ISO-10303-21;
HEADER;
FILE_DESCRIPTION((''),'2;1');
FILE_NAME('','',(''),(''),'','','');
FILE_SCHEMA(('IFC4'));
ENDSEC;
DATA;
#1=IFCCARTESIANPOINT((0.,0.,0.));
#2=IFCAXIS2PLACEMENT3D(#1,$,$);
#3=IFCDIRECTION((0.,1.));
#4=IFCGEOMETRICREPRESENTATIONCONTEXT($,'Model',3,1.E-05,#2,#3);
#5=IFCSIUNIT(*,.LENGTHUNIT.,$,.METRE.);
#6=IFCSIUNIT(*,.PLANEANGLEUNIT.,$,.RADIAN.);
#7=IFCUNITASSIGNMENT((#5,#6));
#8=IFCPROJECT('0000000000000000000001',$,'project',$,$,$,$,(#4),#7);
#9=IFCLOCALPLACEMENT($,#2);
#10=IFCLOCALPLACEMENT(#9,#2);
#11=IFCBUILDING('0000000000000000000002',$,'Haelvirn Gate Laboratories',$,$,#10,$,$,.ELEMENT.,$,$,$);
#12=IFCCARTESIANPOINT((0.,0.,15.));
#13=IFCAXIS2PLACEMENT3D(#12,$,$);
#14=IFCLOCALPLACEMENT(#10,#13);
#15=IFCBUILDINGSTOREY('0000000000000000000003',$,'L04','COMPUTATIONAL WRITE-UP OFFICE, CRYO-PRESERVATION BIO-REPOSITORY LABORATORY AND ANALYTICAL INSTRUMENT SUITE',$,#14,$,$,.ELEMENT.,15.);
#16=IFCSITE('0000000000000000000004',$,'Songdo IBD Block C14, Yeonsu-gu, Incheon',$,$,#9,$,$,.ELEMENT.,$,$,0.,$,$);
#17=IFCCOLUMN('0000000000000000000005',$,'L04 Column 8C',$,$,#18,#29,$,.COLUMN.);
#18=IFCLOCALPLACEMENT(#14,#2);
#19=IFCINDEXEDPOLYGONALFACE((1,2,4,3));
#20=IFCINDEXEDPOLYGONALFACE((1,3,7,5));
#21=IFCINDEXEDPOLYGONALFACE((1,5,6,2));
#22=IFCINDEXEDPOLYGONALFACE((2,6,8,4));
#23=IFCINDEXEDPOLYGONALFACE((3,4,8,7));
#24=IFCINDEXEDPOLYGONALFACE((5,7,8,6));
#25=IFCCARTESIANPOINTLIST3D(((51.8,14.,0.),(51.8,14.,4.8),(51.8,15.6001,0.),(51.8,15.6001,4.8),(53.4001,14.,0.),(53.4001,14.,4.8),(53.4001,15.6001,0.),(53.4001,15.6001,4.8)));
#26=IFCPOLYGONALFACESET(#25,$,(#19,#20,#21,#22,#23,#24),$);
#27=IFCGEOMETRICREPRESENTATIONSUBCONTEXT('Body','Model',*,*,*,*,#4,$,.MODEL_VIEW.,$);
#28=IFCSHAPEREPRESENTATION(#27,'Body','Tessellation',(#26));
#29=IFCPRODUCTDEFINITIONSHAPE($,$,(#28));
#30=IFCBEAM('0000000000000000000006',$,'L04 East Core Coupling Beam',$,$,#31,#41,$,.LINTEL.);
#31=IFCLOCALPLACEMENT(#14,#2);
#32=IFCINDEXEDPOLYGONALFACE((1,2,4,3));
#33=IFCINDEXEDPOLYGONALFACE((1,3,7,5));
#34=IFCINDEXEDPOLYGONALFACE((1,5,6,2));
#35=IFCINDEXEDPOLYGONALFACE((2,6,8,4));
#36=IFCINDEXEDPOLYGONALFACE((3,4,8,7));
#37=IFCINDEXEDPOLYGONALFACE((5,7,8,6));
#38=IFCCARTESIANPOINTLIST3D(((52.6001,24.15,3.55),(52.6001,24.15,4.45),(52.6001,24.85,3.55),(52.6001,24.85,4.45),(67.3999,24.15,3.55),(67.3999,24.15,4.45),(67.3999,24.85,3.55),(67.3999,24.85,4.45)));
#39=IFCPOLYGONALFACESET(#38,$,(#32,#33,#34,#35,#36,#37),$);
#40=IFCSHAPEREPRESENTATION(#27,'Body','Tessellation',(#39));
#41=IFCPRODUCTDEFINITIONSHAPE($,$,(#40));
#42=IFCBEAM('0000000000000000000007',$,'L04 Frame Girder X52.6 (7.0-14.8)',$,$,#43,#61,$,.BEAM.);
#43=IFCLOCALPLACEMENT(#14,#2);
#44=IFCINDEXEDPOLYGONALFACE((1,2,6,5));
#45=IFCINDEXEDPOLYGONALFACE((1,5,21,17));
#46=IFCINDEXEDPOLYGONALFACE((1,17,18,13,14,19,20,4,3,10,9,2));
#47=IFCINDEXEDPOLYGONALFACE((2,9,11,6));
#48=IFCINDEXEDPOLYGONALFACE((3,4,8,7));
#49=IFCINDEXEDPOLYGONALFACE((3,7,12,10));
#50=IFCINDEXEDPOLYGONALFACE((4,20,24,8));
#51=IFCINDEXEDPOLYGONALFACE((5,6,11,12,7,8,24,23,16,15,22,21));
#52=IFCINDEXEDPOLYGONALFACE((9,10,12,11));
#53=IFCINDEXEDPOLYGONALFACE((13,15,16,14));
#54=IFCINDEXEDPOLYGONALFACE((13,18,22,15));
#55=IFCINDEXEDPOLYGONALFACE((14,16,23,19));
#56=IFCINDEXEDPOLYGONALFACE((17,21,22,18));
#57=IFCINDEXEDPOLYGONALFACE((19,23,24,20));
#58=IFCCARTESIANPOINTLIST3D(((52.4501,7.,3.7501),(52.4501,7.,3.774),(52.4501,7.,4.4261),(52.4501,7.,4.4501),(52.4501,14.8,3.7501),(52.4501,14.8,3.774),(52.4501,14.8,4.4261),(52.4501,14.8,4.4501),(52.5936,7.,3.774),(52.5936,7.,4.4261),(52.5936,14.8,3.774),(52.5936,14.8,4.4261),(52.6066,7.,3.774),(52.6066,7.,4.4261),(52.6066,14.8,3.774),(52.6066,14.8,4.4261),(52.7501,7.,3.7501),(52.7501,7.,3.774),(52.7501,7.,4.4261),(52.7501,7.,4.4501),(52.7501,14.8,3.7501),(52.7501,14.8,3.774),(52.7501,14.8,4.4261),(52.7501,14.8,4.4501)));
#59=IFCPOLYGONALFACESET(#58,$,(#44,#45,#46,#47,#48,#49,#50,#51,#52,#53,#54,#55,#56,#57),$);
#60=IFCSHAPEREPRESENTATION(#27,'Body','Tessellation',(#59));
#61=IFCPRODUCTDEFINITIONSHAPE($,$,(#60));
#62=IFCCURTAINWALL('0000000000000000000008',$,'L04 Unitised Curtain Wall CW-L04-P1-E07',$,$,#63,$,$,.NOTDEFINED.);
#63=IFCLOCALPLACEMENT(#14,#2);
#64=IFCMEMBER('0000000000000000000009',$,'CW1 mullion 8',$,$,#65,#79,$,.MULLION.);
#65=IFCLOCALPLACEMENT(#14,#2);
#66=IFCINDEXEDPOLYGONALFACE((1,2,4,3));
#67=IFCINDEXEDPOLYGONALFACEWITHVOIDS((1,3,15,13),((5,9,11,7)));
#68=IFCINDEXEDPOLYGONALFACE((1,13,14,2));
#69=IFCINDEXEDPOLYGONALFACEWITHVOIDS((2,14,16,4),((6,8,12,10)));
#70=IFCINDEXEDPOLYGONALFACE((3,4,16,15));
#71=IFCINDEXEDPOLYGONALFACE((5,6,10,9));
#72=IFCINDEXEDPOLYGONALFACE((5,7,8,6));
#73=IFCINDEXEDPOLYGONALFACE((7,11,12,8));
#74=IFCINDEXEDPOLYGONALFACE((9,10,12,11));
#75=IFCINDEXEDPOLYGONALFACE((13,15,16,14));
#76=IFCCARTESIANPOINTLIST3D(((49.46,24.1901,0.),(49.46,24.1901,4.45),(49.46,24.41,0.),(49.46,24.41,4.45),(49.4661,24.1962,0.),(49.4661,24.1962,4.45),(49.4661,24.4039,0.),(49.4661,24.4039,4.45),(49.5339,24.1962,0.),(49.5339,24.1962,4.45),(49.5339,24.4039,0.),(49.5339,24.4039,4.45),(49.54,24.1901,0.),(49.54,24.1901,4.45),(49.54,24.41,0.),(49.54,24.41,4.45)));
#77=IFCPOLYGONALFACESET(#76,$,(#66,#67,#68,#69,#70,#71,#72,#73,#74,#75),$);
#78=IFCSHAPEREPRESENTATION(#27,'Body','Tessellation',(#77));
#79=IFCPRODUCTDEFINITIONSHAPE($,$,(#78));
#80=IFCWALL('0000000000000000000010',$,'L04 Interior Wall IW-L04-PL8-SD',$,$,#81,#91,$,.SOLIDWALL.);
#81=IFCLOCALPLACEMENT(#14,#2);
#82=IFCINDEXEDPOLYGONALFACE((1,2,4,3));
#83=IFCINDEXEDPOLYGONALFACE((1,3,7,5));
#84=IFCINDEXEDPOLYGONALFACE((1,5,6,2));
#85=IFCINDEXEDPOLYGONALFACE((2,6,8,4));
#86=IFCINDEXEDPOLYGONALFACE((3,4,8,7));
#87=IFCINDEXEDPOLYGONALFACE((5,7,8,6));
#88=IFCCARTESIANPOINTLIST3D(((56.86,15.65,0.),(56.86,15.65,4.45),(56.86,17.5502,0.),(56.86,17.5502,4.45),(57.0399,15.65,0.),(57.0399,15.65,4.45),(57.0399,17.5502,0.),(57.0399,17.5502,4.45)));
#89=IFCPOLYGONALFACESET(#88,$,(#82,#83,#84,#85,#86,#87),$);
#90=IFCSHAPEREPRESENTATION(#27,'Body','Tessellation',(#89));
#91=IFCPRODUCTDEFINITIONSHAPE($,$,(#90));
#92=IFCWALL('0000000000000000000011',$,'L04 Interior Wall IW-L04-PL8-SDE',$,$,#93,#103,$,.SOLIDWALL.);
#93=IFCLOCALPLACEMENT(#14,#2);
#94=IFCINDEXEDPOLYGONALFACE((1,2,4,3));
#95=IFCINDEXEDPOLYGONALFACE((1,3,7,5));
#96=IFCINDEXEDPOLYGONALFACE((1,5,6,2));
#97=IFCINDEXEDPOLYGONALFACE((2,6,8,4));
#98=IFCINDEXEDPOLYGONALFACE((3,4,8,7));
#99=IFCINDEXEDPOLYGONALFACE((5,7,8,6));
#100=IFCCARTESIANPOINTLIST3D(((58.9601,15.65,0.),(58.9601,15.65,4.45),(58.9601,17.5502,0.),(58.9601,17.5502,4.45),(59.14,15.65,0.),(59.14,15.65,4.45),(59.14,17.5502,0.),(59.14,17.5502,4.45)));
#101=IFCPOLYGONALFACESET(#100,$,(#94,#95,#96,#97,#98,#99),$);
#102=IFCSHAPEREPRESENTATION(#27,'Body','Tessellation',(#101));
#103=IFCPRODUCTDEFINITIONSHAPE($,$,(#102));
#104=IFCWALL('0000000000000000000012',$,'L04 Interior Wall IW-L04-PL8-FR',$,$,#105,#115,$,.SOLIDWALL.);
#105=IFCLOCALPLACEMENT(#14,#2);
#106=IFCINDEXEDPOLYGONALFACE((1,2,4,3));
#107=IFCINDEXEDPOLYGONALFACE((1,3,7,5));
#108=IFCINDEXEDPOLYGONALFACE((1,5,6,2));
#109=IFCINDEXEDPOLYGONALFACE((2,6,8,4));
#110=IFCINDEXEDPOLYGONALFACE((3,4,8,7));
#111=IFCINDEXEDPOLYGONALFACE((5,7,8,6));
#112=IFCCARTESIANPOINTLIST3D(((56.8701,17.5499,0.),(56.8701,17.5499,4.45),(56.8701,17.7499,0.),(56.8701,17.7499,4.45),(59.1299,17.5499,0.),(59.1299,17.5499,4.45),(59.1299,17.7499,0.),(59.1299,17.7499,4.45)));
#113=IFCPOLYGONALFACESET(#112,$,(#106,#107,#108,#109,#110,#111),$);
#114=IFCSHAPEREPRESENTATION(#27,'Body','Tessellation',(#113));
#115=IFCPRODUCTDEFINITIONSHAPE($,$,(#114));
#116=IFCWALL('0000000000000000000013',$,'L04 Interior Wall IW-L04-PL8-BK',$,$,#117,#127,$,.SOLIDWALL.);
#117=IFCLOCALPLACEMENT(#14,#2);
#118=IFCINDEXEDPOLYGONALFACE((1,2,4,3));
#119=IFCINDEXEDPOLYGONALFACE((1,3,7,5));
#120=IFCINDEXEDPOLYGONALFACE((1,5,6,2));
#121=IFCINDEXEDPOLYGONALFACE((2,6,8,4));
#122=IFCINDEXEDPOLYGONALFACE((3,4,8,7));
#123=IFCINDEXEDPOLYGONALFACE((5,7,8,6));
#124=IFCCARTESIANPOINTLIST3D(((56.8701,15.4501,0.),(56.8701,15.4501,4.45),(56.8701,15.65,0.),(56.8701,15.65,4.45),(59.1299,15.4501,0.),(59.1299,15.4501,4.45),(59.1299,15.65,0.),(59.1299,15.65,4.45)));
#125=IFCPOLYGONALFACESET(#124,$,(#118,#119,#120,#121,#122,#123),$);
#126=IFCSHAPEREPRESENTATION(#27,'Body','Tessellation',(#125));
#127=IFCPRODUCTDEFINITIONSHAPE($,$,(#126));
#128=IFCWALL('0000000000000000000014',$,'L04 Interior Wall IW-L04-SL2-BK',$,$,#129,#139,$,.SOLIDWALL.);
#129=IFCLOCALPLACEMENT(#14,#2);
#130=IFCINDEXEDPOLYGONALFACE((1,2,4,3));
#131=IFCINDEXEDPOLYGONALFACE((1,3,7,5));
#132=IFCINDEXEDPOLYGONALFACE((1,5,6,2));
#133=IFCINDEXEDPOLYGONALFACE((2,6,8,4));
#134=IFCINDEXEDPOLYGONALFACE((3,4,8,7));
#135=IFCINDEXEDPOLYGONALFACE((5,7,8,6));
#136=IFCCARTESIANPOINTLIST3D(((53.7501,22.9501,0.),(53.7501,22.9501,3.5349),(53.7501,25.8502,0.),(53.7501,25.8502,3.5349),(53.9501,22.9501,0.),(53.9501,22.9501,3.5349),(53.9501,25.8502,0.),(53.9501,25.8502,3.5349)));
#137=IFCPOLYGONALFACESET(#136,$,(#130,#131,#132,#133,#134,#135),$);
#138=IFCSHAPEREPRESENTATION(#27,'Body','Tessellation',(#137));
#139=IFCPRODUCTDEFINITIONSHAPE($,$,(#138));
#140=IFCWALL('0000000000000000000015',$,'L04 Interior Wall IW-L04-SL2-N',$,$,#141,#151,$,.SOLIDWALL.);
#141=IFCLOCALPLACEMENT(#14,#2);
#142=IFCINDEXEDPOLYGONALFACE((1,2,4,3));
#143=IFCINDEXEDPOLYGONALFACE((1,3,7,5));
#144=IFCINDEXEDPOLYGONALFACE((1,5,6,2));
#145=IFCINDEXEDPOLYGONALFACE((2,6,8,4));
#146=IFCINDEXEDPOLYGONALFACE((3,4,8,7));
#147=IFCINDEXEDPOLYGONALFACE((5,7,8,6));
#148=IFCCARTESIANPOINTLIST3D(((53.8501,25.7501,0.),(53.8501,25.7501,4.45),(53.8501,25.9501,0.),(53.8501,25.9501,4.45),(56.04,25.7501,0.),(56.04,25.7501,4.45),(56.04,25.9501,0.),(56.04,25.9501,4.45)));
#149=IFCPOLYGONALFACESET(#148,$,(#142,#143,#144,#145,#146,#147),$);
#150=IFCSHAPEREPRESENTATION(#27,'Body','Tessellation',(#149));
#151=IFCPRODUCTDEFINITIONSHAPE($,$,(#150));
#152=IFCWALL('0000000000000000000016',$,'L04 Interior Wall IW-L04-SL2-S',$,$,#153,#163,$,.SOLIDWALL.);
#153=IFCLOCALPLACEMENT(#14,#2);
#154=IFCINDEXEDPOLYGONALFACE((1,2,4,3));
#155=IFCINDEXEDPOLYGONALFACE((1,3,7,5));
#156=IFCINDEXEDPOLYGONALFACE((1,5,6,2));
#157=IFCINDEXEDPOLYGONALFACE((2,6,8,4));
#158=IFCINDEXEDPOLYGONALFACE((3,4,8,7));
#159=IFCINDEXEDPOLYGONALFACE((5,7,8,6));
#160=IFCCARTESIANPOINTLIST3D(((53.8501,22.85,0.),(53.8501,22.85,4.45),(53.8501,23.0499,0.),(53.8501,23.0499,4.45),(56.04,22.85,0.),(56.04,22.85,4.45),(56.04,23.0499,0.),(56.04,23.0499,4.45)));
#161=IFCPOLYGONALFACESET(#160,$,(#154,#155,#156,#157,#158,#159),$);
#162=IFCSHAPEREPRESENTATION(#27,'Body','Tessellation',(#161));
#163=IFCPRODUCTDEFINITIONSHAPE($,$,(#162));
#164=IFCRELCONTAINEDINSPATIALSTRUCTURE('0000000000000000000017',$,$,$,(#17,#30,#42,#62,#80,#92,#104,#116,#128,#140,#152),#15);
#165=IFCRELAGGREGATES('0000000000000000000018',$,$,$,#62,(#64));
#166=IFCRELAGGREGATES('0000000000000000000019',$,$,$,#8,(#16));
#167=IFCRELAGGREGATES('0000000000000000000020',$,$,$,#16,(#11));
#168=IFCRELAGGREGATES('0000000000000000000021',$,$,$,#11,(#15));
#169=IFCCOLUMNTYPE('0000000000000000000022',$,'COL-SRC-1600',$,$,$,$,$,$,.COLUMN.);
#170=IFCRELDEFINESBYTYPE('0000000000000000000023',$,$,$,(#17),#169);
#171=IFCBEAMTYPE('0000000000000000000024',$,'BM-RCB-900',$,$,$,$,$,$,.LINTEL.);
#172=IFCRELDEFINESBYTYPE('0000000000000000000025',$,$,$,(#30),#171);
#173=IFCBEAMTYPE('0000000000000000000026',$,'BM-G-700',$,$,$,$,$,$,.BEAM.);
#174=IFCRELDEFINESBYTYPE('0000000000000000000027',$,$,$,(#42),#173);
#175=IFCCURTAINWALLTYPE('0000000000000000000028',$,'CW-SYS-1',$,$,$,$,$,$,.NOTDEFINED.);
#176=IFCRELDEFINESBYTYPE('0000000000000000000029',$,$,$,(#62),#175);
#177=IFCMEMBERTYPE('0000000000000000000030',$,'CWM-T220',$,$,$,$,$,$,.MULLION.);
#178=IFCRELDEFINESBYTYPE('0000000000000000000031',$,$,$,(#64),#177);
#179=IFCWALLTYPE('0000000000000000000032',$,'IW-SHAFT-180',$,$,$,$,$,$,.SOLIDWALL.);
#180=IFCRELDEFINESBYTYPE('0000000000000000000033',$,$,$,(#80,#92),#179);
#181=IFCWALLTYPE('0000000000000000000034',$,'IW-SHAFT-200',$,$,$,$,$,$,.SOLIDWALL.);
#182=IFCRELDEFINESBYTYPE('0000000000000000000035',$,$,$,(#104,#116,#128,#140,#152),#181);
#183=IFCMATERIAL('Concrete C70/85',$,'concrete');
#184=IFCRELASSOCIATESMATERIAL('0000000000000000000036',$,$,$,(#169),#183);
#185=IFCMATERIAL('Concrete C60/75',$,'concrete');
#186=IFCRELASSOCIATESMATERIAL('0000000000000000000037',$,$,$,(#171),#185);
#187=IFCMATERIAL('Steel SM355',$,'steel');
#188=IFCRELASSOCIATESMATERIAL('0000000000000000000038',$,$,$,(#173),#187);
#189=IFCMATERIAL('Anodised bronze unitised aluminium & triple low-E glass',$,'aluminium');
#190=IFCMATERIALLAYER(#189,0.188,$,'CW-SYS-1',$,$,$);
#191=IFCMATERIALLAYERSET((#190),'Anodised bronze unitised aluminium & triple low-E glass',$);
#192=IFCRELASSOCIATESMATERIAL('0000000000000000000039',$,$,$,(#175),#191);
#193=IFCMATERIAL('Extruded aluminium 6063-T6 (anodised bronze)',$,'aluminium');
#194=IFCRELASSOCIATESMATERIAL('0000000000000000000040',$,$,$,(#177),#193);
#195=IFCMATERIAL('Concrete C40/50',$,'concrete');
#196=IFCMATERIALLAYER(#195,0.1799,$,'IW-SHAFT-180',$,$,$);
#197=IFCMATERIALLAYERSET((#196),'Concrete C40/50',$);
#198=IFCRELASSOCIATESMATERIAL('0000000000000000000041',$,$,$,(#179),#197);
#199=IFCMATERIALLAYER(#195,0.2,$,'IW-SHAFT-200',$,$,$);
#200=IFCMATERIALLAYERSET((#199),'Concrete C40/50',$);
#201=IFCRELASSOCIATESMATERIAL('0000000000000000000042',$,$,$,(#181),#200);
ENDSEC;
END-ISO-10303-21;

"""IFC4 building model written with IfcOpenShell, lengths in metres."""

from ifc_helpers import new_model, si_unit, direction, frame, frame_2d, origin, origin_2d, place, context, subcontext, project, spatial, rectangle, hollow_rectangle, i_section, extrude, source, transform, mapped, material, layer, layer_set, material_profile, profile_set, type_object, type_shapes, element, aggregate, save


model = new_model("IFC4")

# Units and contexts
model_context = context("Model", 3, precision=1e-05, world=origin(), true_north=direction((0.0, 1.0)))
body_context = subcontext(model_context, "Body", "Model", "MODEL_VIEW")
ifc_project = project(units=[si_unit("LENGTHUNIT", "METRE"), si_unit("PLANEANGLEUNIT", "RADIAN")], contexts=[model_context])

# Site, building, storey
site_placement = place(None, origin())
site = spatial("IfcSite", under=ifc_project, at=site_placement, Name="Songdo IBD Block C14, Yeonsu-gu, Incheon", CompositionType="ELEMENT", RefElevation=0.0)
building_placement = place(site_placement, origin())
building = spatial("IfcBuilding", under=site, at=building_placement, Name="Haelvirn Gate Laboratories", CompositionType="ELEMENT")
storey_placement = place(building_placement, frame((0.0, 0.0, 15.0)))
storey = spatial("IfcBuildingStorey", under=building, at=storey_placement, Name="L04", Description="COMPUTATIONAL WRITE-UP OFFICE, CRYO-PRESERVATION BIO-REPOSITORY LABORATORY AND ANALYTICAL INSTRUMENT SUITE", CompositionType="ELEMENT", Elevation=15.0)

# Column
ifc_material_1 = material(Name="Concrete C70/85", Category="concrete")
ifc_material_profile_1 = material_profile(ifc_material_1, rectangle(XDim=1.6001, YDim=1.6001, at=origin_2d()), Name="SRC-1600x1600")
ifc_profile_set_1 = profile_set([ifc_material_profile_1], Name="Concrete C70/85")
column_type = type_object("IfcColumnType", Name="COL-SRC-1600", PredefinedType="COLUMN", material=ifc_profile_set_1)
shared_shape_1 = source(origin(), body_context, "Body", "SweptSolid", [
    extrude(rectangle(XDim=1.6001, YDim=1.6001, at=origin_2d()), origin(), (0.0, 0.0, 1.0), 4.8),
])
type_shapes(column_type, [shared_shape_1])
column_placement = place(storey_placement, frame((52.6001, 14.8, 0.0), z_axis=(0.0, 0.0, 1.0), x_axis=(1.0, 0.0, 0.0)))
element("IfcColumn", 1, at=column_placement, inside=storey, type_object=column_type, Name="L04 Column 8C", PredefinedType="COLUMN", context=body_context, shape_type="MappedRepresentation", body=[
    mapped(shared_shape_1, transform((0.0, 0.0, 0.0), scale=1.0)),
])

# Beams
ifc_material_2 = material(Name="Concrete C60/75", Category="concrete")
ifc_material_profile_2 = material_profile(ifc_material_2, rectangle(XDim=0.7, YDim=0.8999, at=origin_2d()), Name="RCB-700x900")
ifc_profile_set_2 = profile_set([ifc_material_profile_2], Name="Concrete C60/75")
beam_type_1 = type_object("IfcBeamType", Name="BM-RCB-900", PredefinedType="LINTEL", material=ifc_profile_set_2)
shared_shape_2 = source(origin(), body_context, "Body", "SweptSolid", [
    extrude(rectangle(XDim=0.7, YDim=0.8999, at=origin_2d()), origin(), (0.0, 0.0, 1.0), 14.7998),
])
type_shapes(beam_type_1, [shared_shape_2])
beam_1_placement = place(storey_placement, frame((52.6001, 24.5, 4.0), z_axis=(1.0, 0.0, 0.0), x_axis=(0.0, 1.0, 0.0)))
element("IfcBeam", 2, at=beam_1_placement, inside=storey, type_object=beam_type_1, Name="L04 East Core Coupling Beam", PredefinedType="LINTEL", context=body_context, shape_type="MappedRepresentation", body=[
    mapped(shared_shape_2, transform((0.0, 0.0, 0.0), scale=1.0)),
])
ifc_material_3 = material(Name="Steel SM355", Category="steel")
ifc_material_profile_3 = material_profile(ifc_material_3, i_section(OverallWidth=0.3, OverallDepth=0.7, WebThickness=0.0129, FlangeThickness=0.0239, at=origin_2d()), Name="H-700x300x13x24")
ifc_profile_set_3 = profile_set([ifc_material_profile_3], Name="Steel SM355")
beam_type_2 = type_object("IfcBeamType", Name="BM-G-700", PredefinedType="BEAM", material=ifc_profile_set_3)
shared_shape_3 = source(origin(), body_context, "Body", "SweptSolid", [
    extrude(i_section(OverallWidth=0.3, OverallDepth=0.7, WebThickness=0.0129, FlangeThickness=0.0239, at=origin_2d()), origin(), (0.0, 0.0, 1.0), 7.8),
])
type_shapes(beam_type_2, [shared_shape_3])
beam_2_placement = place(storey_placement, frame((52.6001, 7.0, 4.1001), z_axis=(0.0, 1.0, 0.0), x_axis=(-1.0, 0.0, 0.0)))
element("IfcBeam", 3, at=beam_2_placement, inside=storey, type_object=beam_type_2, Name="L04 Frame Girder X52.6 (7.0-14.8)", PredefinedType="BEAM", context=body_context, shape_type="MappedRepresentation", body=[
    mapped(shared_shape_3, transform((0.0, 0.0, 0.0), scale=1.0)),
])

# Curtain wall, member
ifc_material_4 = material(Name="Anodised bronze unitised aluminium & triple low-E glass", Category="aluminium")
ifc_layer_1 = layer(ifc_material_4, 0.188, Name="CW-SYS-1")
ifc_layer_set_1 = layer_set([ifc_layer_1], Name="Anodised bronze unitised aluminium & triple low-E glass")
curtain_wall_type = type_object("IfcCurtainWallType", Name="CW-SYS-1", PredefinedType="NOTDEFINED", material=ifc_layer_set_1)
curtain_wall_placement = place(storey_placement, origin())
curtain_wall = element("IfcCurtainWall", 4, at=curtain_wall_placement, inside=storey, type_object=curtain_wall_type, Name="L04 Unitised Curtain Wall CW-L04-P1-E07", PredefinedType="NOTDEFINED")
ifc_material_5 = material(Name="Extruded aluminium 6063-T6 (anodised bronze)", Category="aluminium")
ifc_material_profile_4 = material_profile(ifc_material_5, hollow_rectangle(XDim=0.0801, YDim=0.22, WallThickness=0.0061, at=origin_2d()), Name="CWM-220x80x6")
ifc_profile_set_4 = profile_set([ifc_material_profile_4], Name="Extruded aluminium 6063-T6 (anodised bronze)")
member_type = type_object("IfcMemberType", Name="CWM-T220", PredefinedType="MULLION", material=ifc_profile_set_4)
shared_shape_4 = source(origin(), body_context, "Body", "SweptSolid", [
    extrude(hollow_rectangle(XDim=0.0801, YDim=0.22, WallThickness=0.0061, at=origin_2d()), origin(), (0.0, 0.0, 1.0), 4.45),
])
type_shapes(member_type, [shared_shape_4])
member_placement = place(storey_placement, frame((49.5, 24.3, 0.0), z_axis=(0.0, 0.0, 1.0), x_axis=(1.0, 0.0, 0.0)))
member = element("IfcMember", 5, at=member_placement, type_object=member_type, Name="CW1 mullion 8", PredefinedType="MULLION", context=body_context, shape_type="MappedRepresentation", body=[
    mapped(shared_shape_4, transform((0.0, 0.0, 0.0), scale=1.0)),
])
aggregate(curtain_wall, [member])

# Walls
ifc_material_6 = material(Name="Concrete C40/50", Category="concrete")
ifc_layer_2 = layer(ifc_material_6, 0.1799, Name="IW-SHAFT-180")
ifc_layer_set_2 = layer_set([ifc_layer_2], Name="Concrete C40/50")
wall_type_1 = type_object("IfcWallType", Name="IW-SHAFT-180", PredefinedType="SOLIDWALL", material=ifc_layer_set_2)
for number, where, z_axis, x_axis, name in (
    (6, (56.95, 15.6499, 0.0), (0.0, 0.0, 1.0), (0.0, 1.0, 0.0), "L04 Interior Wall IW-L04-PL8-SD"),
    (7, (59.05, 15.6499, 0.0), (0.0, 0.0, 1.0), (0.0, 1.0, 0.0), "L04 Interior Wall IW-L04-PL8-SDE"),
):
    element("IfcWall", number, at=place(storey_placement, frame(where, z_axis=z_axis, x_axis=x_axis)), inside=storey, type_object=wall_type_1, Name=name, PredefinedType="SOLIDWALL", context=body_context, shape_type="SweptSolid", body=[
        extrude(rectangle(XDim=1.9001, YDim=0.1799, at=frame_2d((0.9502, 0.0))), origin(), (0.0, 0.0, 1.0), 4.45),
    ])
ifc_layer_3 = layer(ifc_material_6, 0.2, Name="IW-SHAFT-200")
ifc_layer_set_3 = layer_set([ifc_layer_3], Name="Concrete C40/50")
wall_type_2 = type_object("IfcWallType", Name="IW-SHAFT-200", PredefinedType="SOLIDWALL", material=ifc_layer_set_3)
for number, where, z_axis, x_axis, name in (
    (8, (56.8701, 17.6499, 0.0), (0.0, 0.0, 1.0), (1.0, 0.0, 0.0), "L04 Interior Wall IW-L04-PL8-FR"),
    (9, (56.8701, 15.55, 0.0), (0.0, 0.0, 1.0), (1.0, 0.0, 0.0), "L04 Interior Wall IW-L04-PL8-BK"),
):
    element("IfcWall", number, at=place(storey_placement, frame(where, z_axis=z_axis, x_axis=x_axis)), inside=storey, type_object=wall_type_2, Name=name, PredefinedType="SOLIDWALL", context=body_context, shape_type="SweptSolid", body=[
        extrude(rectangle(XDim=2.2598, YDim=0.2, at=frame_2d((1.1299, 0.0))), origin(), (0.0, 0.0, 1.0), 4.45),
    ])
wall_1_placement = place(storey_placement, frame((53.8501, 22.95, 0.0), z_axis=(0.0, 0.0, 1.0), x_axis=(0.0, 1.0, 0.0)))
element("IfcWall", 10, at=wall_1_placement, inside=storey, type_object=wall_type_2, Name="L04 Interior Wall IW-L04-SL2-BK", PredefinedType="SOLIDWALL", context=body_context, shape_type="SweptSolid", body=[
    extrude(rectangle(XDim=2.9001, YDim=0.2, at=frame_2d((1.4502, 0.0))), origin(), (0.0, 0.0, 1.0), 3.5349),
])
for number, where, z_axis, x_axis, name in (
    (11, (53.8501, 25.8501, 0.0), (0.0, 0.0, 1.0), (1.0, 0.0, 0.0), "L04 Interior Wall IW-L04-SL2-N"),
    (12, (53.8501, 22.95, 0.0), (0.0, 0.0, 1.0), (1.0, 0.0, 0.0), "L04 Interior Wall IW-L04-SL2-S"),
):
    element("IfcWall", number, at=place(storey_placement, frame(where, z_axis=z_axis, x_axis=x_axis)), inside=storey, type_object=wall_type_2, Name=name, PredefinedType="SOLIDWALL", context=body_context, shape_type="SweptSolid", body=[
        extrude(rectangle(XDim=2.1899, YDim=0.2, at=frame_2d((1.095, 0.0))), origin(), (0.0, 0.0, 1.0), 4.45),
    ])

save(model, "model.ifc")
